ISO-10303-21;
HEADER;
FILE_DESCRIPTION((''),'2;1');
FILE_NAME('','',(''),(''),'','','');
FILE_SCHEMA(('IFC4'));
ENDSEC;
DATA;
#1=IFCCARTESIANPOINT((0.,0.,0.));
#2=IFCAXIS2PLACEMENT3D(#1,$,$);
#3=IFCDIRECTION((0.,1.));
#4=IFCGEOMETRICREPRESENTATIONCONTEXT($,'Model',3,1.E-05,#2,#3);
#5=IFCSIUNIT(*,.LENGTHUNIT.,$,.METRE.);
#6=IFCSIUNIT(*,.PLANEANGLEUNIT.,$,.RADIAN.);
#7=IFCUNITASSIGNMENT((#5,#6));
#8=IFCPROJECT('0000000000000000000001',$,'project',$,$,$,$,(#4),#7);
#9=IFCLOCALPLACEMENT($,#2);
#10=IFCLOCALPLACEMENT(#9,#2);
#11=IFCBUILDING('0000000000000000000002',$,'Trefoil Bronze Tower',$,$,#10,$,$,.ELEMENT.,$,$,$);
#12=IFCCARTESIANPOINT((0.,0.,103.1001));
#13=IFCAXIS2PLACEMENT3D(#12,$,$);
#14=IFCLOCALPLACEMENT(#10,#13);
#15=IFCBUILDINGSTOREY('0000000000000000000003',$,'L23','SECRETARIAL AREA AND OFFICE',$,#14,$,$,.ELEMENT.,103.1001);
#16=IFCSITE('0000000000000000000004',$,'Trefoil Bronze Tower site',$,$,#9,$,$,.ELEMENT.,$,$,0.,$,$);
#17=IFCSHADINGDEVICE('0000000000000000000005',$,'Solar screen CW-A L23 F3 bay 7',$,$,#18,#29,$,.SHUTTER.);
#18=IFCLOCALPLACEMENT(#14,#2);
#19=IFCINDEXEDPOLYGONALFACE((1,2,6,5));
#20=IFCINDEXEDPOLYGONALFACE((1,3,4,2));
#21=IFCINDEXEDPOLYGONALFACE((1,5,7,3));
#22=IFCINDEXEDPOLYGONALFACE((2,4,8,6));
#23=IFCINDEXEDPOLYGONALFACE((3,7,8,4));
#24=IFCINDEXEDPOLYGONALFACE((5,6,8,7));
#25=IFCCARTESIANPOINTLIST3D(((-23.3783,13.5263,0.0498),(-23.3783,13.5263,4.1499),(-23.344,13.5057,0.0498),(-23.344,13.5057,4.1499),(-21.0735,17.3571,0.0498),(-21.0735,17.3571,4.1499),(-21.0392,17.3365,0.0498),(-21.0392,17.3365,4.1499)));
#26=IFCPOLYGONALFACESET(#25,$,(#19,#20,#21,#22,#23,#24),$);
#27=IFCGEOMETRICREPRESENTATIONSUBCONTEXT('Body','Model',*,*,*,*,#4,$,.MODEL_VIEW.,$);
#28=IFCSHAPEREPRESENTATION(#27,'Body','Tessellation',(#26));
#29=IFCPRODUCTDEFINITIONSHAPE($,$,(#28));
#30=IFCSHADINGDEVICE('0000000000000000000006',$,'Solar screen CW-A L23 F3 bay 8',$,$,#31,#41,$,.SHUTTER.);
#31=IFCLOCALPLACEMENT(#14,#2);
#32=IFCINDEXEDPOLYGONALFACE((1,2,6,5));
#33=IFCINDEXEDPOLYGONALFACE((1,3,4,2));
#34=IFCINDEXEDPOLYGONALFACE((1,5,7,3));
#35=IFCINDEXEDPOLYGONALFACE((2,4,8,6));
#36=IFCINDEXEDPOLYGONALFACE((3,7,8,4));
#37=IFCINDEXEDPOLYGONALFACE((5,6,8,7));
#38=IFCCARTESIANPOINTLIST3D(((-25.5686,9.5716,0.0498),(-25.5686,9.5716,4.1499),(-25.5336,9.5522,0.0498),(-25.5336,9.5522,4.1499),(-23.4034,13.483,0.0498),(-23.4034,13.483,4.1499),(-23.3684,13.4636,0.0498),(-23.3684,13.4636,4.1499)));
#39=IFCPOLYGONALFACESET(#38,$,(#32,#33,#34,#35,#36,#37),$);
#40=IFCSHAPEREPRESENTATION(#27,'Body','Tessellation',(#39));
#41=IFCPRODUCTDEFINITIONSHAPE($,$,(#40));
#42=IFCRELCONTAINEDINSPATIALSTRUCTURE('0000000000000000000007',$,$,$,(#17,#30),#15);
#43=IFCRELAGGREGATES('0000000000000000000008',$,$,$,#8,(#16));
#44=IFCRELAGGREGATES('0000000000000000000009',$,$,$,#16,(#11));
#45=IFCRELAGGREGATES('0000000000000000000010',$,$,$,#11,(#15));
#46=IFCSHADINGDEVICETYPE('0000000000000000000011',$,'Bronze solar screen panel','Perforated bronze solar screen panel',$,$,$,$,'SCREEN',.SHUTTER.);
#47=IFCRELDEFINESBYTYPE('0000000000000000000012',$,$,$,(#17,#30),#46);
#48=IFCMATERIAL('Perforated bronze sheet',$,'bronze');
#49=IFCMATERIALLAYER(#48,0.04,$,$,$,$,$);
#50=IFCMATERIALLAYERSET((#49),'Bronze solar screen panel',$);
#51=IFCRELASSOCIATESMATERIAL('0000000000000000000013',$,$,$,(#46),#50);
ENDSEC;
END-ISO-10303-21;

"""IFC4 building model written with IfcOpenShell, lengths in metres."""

from ifc_helpers import new_model, si_unit, direction, frame, origin, origin_2d, place, context, subcontext, project, spatial, rectangle, extrude, material, layer, layer_set, type_object, element, save


model = new_model("IFC4")

# Units and contexts
model_context = context("Model", 3, precision=1e-05, world=origin(), true_north=direction((0.0, 1.0)))
body_context = subcontext(model_context, "Body", "Model", "MODEL_VIEW")
ifc_project = project(units=[si_unit("LENGTHUNIT", "METRE"), si_unit("PLANEANGLEUNIT", "RADIAN")], contexts=[model_context])

# Site, building, storey
site_placement = place(None, origin())
site = spatial("IfcSite", under=ifc_project, at=site_placement, Name="Trefoil Bronze Tower site", CompositionType="ELEMENT", RefElevation=0.0)
building_placement = place(site_placement, origin())
building = spatial("IfcBuilding", under=site, at=building_placement, Name="Trefoil Bronze Tower", CompositionType="ELEMENT")
storey_placement = place(building_placement, frame((0.0, 0.0, 103.1001)))
storey = spatial("IfcBuildingStorey", under=building, at=storey_placement, Name="L23", Description="SECRETARIAL AREA AND OFFICE", CompositionType="ELEMENT", Elevation=103.1001)

# Shading devices
ifc_material_1 = material(Name="Perforated bronze sheet", Category="bronze")
ifc_layer_1 = layer(ifc_material_1, 0.04)
ifc_layer_set_1 = layer_set([ifc_layer_1], Name="Bronze solar screen panel")
shading_device_type = type_object("IfcShadingDeviceType", Name="Bronze solar screen panel", Description="Perforated bronze solar screen panel", ElementType="SCREEN", PredefinedType="SHUTTER", material=ifc_layer_set_1)
for number, where, z_axis, x_axis, name in (
    (1, (-22.2087, 15.4314, 0.0498), (0.0, 0.0, 1.0), (-0.515525, -0.856874, 0.0), "Solar screen CW-A L23 F3 bay 7"),
    (2, (-24.4685, 11.5176, 0.0498), (0.0, 0.0, 1.0), (-0.484312, -0.874895, 0.0), "Solar screen CW-A L23 F3 bay 8"),
):
    element("IfcShadingDevice", number, at=place(storey_placement, frame(where, z_axis=z_axis, x_axis=x_axis)), inside=storey, type_object=shading_device_type, Name=name, PredefinedType="SHUTTER", context=body_context, shape_type="SweptSolid", body=[
        extrude(rectangle(XDim=4.4707, YDim=0.04, at=origin_2d()), origin(), (0.0, 0.0, 1.0), 4.1001),
    ])

save(model, "model.ifc")
